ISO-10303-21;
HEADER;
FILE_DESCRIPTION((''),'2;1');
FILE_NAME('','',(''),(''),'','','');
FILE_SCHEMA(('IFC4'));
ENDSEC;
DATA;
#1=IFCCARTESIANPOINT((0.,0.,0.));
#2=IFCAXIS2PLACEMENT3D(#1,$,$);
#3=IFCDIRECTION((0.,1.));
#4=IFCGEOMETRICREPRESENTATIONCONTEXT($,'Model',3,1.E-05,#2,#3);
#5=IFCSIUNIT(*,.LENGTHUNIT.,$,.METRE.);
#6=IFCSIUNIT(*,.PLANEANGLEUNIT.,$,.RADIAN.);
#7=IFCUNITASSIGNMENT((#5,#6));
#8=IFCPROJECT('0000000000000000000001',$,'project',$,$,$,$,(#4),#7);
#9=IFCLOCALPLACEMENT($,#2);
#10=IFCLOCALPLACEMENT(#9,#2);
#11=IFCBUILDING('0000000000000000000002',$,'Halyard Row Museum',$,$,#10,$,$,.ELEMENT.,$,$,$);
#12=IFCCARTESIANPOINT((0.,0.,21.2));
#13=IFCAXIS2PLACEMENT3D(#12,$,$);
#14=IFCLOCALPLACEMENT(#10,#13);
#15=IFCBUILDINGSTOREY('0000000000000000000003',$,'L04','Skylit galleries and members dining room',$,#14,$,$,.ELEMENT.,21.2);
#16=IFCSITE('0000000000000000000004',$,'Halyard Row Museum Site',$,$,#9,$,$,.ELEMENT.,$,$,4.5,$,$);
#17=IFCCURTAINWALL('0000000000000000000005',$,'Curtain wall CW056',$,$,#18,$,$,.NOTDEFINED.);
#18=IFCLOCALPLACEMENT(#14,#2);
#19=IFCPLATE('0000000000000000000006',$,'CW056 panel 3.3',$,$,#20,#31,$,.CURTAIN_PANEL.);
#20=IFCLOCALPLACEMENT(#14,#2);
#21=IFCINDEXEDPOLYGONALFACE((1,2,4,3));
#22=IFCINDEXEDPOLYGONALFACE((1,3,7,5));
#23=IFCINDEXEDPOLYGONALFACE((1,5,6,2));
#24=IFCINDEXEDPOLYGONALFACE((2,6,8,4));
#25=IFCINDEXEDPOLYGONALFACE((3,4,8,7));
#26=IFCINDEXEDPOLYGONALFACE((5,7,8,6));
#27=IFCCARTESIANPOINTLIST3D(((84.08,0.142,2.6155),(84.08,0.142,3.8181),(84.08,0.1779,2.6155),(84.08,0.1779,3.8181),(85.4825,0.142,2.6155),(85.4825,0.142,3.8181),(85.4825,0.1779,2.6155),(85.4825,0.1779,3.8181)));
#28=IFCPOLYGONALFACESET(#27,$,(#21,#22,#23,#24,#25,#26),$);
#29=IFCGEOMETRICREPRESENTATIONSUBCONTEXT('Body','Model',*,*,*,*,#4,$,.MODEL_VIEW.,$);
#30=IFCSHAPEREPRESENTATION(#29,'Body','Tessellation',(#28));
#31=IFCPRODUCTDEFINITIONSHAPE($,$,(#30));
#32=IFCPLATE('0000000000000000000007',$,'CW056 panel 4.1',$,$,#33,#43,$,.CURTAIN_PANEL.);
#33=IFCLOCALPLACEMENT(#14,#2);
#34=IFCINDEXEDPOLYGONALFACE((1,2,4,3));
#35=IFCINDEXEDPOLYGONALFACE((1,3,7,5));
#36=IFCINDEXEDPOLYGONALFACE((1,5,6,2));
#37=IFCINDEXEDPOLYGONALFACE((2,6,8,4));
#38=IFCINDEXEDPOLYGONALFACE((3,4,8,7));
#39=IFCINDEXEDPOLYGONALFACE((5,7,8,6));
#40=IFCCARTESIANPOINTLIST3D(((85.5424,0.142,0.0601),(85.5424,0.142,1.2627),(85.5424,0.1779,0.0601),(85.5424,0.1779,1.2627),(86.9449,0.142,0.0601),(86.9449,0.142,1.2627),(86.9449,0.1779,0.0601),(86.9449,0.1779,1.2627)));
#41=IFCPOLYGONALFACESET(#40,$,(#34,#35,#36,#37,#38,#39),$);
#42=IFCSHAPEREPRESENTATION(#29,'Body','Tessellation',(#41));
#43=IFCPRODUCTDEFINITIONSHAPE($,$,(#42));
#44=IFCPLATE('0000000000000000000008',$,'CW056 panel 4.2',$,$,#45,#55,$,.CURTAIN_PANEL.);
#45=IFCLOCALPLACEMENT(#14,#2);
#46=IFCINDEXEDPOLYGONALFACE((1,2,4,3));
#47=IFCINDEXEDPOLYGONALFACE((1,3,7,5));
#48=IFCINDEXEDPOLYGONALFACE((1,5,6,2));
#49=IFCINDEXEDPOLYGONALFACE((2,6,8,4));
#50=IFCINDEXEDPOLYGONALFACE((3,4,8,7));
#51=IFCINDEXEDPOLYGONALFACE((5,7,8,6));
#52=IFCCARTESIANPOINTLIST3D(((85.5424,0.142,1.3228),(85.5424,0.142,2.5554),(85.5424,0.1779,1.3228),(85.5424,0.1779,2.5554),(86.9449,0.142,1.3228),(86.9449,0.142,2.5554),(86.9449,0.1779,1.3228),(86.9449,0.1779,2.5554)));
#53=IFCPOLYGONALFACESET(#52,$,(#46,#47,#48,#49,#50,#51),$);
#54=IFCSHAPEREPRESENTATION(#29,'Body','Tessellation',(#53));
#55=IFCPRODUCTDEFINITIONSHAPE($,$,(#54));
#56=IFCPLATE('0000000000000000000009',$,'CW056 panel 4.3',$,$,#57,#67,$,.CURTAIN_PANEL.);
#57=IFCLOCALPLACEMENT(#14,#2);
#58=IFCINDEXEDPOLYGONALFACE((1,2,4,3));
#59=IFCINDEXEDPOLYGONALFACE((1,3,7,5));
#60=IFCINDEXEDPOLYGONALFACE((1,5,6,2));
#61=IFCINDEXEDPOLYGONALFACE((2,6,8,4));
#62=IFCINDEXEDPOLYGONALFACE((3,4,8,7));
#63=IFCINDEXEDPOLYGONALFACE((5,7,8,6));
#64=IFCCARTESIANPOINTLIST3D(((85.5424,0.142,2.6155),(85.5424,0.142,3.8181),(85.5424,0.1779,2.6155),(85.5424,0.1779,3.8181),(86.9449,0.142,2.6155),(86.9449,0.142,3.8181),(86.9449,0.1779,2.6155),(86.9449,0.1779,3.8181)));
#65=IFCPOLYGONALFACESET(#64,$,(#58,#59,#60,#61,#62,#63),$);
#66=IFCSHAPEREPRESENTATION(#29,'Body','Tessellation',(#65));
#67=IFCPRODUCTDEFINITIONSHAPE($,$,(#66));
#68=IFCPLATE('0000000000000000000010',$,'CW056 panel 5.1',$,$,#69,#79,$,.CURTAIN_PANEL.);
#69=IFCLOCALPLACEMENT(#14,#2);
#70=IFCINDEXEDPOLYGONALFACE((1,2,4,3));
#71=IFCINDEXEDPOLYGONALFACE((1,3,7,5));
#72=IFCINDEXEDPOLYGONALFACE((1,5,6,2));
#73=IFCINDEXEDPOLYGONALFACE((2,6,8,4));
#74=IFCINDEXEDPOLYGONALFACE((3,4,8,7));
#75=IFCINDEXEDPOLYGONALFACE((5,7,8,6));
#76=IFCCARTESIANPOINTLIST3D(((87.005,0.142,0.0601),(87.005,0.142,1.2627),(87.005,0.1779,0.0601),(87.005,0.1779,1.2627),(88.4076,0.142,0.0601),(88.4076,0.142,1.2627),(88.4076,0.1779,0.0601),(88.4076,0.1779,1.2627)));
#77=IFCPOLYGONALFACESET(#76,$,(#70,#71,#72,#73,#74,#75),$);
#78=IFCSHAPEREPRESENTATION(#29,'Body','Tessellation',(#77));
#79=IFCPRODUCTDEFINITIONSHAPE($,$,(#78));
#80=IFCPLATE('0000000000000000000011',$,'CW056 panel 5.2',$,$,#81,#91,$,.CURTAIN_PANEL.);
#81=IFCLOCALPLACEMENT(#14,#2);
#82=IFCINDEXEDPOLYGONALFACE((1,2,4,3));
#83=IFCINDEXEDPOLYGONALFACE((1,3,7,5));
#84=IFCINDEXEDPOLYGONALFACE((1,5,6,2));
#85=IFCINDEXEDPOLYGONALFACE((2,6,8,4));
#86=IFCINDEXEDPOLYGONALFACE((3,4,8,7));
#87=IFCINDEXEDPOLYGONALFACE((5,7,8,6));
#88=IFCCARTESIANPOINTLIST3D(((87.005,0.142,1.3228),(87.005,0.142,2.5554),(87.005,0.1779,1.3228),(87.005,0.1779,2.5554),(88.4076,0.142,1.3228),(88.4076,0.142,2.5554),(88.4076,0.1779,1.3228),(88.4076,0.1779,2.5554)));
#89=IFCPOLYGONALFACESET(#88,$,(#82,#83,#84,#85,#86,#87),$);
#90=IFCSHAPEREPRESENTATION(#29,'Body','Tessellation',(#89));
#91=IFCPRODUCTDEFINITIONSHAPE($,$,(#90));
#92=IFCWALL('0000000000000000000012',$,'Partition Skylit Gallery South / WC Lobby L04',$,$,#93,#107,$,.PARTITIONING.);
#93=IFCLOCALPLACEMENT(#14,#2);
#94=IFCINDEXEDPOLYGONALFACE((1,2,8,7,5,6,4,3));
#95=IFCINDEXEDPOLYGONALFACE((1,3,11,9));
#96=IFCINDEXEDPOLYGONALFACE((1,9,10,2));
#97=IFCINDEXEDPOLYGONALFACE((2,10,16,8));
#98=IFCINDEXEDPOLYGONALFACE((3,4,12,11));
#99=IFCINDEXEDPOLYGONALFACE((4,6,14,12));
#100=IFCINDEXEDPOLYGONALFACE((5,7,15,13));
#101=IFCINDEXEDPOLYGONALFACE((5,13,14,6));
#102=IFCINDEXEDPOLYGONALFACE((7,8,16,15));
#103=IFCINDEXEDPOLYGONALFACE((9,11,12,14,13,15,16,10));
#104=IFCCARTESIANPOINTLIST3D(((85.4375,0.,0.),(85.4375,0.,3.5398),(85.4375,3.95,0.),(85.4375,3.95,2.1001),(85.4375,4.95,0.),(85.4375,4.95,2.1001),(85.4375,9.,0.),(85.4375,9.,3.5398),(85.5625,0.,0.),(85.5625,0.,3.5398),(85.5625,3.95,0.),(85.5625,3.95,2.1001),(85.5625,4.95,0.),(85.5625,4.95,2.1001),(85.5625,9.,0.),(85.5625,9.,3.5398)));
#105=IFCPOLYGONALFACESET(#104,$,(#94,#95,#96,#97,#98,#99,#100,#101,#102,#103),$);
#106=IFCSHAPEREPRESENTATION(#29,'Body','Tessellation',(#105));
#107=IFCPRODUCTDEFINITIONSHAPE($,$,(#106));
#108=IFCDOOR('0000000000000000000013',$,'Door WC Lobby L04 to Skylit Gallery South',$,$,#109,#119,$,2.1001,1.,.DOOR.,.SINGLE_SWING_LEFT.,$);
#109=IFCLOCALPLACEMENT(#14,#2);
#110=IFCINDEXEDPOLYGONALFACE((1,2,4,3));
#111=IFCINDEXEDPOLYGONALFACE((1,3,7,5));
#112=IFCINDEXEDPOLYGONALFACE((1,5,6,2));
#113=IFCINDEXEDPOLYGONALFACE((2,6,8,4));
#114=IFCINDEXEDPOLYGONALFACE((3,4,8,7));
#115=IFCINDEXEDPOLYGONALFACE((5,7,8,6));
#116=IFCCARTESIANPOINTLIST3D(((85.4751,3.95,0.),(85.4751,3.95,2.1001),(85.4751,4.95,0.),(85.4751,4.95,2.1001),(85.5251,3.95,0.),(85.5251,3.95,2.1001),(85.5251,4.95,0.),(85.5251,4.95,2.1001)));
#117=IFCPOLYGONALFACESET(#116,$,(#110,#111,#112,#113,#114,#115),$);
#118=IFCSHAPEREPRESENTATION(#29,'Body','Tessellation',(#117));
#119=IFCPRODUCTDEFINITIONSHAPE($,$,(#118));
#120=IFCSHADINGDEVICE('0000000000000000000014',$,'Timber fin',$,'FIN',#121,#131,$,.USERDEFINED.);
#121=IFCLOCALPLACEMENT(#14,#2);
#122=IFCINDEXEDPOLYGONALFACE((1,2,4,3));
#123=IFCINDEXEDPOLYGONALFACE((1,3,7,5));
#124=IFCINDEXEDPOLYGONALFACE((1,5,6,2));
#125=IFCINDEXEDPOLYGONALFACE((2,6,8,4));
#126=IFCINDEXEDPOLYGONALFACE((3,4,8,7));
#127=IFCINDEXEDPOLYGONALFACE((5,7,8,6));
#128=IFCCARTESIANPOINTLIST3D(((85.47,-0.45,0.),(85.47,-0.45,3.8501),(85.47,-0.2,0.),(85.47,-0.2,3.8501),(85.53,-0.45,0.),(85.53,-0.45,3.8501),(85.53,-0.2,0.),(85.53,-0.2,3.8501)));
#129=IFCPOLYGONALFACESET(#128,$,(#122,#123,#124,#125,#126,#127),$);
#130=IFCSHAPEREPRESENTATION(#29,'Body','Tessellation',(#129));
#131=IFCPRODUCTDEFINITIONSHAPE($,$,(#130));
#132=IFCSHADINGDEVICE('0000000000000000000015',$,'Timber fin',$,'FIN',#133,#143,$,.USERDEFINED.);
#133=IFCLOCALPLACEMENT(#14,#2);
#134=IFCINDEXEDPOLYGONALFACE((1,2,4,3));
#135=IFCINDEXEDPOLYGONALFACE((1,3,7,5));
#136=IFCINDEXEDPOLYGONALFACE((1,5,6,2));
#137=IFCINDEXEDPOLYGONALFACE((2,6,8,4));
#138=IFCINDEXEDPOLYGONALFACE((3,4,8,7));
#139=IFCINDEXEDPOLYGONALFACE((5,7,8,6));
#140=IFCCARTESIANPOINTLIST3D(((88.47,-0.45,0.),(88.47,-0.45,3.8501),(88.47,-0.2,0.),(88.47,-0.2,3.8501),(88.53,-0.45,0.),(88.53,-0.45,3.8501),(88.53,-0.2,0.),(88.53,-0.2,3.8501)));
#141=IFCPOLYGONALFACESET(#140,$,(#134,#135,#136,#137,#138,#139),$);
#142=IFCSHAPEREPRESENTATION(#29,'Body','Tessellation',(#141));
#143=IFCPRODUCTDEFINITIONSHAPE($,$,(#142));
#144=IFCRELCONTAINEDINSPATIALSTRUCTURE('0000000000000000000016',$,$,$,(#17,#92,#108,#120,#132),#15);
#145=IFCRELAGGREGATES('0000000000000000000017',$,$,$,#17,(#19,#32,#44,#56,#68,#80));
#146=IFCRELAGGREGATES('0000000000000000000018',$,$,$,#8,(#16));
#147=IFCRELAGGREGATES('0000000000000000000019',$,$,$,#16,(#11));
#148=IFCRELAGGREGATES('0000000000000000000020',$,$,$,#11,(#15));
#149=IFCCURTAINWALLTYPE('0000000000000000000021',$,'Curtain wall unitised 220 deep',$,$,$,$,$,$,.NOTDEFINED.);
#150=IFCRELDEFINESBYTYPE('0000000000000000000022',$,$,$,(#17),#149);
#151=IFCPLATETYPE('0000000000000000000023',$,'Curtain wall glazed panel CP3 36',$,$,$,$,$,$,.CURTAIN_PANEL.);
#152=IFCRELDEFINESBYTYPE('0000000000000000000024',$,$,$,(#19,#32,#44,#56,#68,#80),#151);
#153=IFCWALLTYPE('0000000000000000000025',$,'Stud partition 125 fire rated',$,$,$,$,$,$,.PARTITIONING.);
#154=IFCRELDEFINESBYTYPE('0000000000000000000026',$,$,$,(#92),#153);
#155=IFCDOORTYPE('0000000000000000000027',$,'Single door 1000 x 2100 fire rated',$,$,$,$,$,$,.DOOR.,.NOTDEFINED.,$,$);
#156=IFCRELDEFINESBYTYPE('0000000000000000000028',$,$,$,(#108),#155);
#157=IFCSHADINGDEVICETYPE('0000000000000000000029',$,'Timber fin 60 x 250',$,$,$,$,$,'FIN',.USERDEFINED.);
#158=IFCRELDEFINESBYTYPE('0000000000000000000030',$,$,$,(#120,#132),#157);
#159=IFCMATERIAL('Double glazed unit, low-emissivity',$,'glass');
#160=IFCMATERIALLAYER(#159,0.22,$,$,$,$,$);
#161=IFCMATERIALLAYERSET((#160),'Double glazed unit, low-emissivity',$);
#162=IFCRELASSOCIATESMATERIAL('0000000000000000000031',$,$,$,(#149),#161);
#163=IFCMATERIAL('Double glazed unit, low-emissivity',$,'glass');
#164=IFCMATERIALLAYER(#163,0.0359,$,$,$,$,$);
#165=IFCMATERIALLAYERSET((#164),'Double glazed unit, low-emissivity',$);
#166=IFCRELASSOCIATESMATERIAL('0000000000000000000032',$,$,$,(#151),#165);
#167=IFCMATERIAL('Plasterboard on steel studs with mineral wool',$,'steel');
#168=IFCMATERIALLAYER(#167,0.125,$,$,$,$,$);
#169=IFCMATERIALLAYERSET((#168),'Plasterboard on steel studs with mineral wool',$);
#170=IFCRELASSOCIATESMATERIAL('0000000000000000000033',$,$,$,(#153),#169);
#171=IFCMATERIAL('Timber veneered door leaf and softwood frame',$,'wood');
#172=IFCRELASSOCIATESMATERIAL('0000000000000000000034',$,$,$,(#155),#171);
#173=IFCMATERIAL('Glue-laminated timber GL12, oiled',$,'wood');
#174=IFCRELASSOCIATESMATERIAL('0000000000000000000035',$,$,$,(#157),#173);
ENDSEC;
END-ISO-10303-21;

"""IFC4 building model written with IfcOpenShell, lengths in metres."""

from ifc_helpers import new_model, si_unit, direction, frame, frame_2d, origin, origin_2d, place, context, subcontext, project, spatial, rectangle, extrude, material, layer, layer_set, type_object, element, fill, aggregate, save


model = new_model("IFC4")

# Units and contexts
model_context = context("Model", 3, precision=1e-05, world=origin(), true_north=direction((0.0, 1.0)))
body_context = subcontext(model_context, "Body", "Model", "MODEL_VIEW")
ifc_project = project(units=[si_unit("LENGTHUNIT", "METRE"), si_unit("PLANEANGLEUNIT", "RADIAN")], contexts=[model_context])

# Site, building, storey
site_placement = place(None, origin())
site = spatial("IfcSite", under=ifc_project, at=site_placement, Name="Halyard Row Museum Site", CompositionType="ELEMENT", RefElevation=4.5)
building_placement = place(site_placement, origin())
building = spatial("IfcBuilding", under=site, at=building_placement, Name="Halyard Row Museum", CompositionType="ELEMENT")
storey_placement = place(building_placement, frame((0.0, 0.0, 21.2)))
storey = spatial("IfcBuildingStorey", under=building, at=storey_placement, Name="L04", Description="Skylit galleries and members dining room", CompositionType="ELEMENT", Elevation=21.2)

# Curtain wall
ifc_material_1 = material(Name="Double glazed unit, low-emissivity", Category="glass")
ifc_layer_1 = layer(ifc_material_1, 0.22)
ifc_layer_set_1 = layer_set([ifc_layer_1], Name="Double glazed unit, low-emissivity")
curtain_wall_type = type_object("IfcCurtainWallType", Name="Curtain wall unitised 220 deep", PredefinedType="NOTDEFINED", material=ifc_layer_set_1)
curtain_wall_placement = place(storey_placement, origin())
curtain_wall = element("IfcCurtainWall", 1, at=curtain_wall_placement, inside=storey, type_object=curtain_wall_type, Name="Curtain wall CW056", PredefinedType="NOTDEFINED")

# Plates
ifc_material_2 = material(Name="Double glazed unit, low-emissivity", Category="glass")
ifc_layer_2 = layer(ifc_material_2, 0.0359)
ifc_layer_set_2 = layer_set([ifc_layer_2], Name="Double glazed unit, low-emissivity")
plate_type = type_object("IfcPlateType", Name="Curtain wall glazed panel CP3 36", PredefinedType="CURTAIN_PANEL", material=ifc_layer_set_2)
plate_1_placement = place(storey_placement, frame((84.7812, 0.1599, 2.6155), z_axis=(0.0, 0.0, 1.0), x_axis=(1.0, 0.0, 0.0)))
plate_1 = element("IfcPlate", 2, at=plate_1_placement, type_object=plate_type, Name="CW056 panel 3.3", PredefinedType="CURTAIN_PANEL", context=body_context, shape_type="SweptSolid", body=[
    extrude(rectangle(XDim=1.4026, YDim=0.0359, at=origin_2d()), origin(), (0.0, 0.0, 1.0), 1.2026),
])
plate_2_placement = place(storey_placement, frame((86.2437, 0.1599, 0.0601), z_axis=(0.0, 0.0, 1.0), x_axis=(1.0, 0.0, 0.0)))
plate_2 = element("IfcPlate", 3, at=plate_2_placement, type_object=plate_type, Name="CW056 panel 4.1", PredefinedType="CURTAIN_PANEL", context=body_context, shape_type="SweptSolid", body=[
    extrude(rectangle(XDim=1.4026, YDim=0.0359, at=origin_2d()), origin(), (0.0, 0.0, 1.0), 1.2026),
])
plate_3_placement = place(storey_placement, frame((86.2437, 0.1599, 1.3228), z_axis=(0.0, 0.0, 1.0), x_axis=(1.0, 0.0, 0.0)))
plate_3 = element("IfcPlate", 4, at=plate_3_placement, type_object=plate_type, Name="CW056 panel 4.2", PredefinedType="CURTAIN_PANEL", context=body_context, shape_type="SweptSolid", body=[
    extrude(rectangle(XDim=1.4026, YDim=0.0359, at=origin_2d()), origin(), (0.0, 0.0, 1.0), 1.2327),
])
plate_4_placement = place(storey_placement, frame((86.2437, 0.1599, 2.6155), z_axis=(0.0, 0.0, 1.0), x_axis=(1.0, 0.0, 0.0)))
plate_4 = element("IfcPlate", 5, at=plate_4_placement, type_object=plate_type, Name="CW056 panel 4.3", PredefinedType="CURTAIN_PANEL", context=body_context, shape_type="SweptSolid", body=[
    extrude(rectangle(XDim=1.4026, YDim=0.0359, at=origin_2d()), origin(), (0.0, 0.0, 1.0), 1.2026),
])
plate_5_placement = place(storey_placement, frame((87.7063, 0.1599, 0.0601), z_axis=(0.0, 0.0, 1.0), x_axis=(1.0, 0.0, 0.0)))
plate_5 = element("IfcPlate", 6, at=plate_5_placement, type_object=plate_type, Name="CW056 panel 5.1", PredefinedType="CURTAIN_PANEL", context=body_context, shape_type="SweptSolid", body=[
    extrude(rectangle(XDim=1.4026, YDim=0.0359, at=origin_2d()), origin(), (0.0, 0.0, 1.0), 1.2026),
])
plate_6_placement = place(storey_placement, frame((87.7063, 0.1599, 1.3228), z_axis=(0.0, 0.0, 1.0), x_axis=(1.0, 0.0, 0.0)))
plate_6 = element("IfcPlate", 7, at=plate_6_placement, type_object=plate_type, Name="CW056 panel 5.2", PredefinedType="CURTAIN_PANEL", context=body_context, shape_type="SweptSolid", body=[
    extrude(rectangle(XDim=1.4026, YDim=0.0359, at=origin_2d()), origin(), (0.0, 0.0, 1.0), 1.2327),
])
aggregate(curtain_wall, [plate_1, plate_2, plate_3, plate_4, plate_5, plate_6])

# Wall, opening, door
ifc_material_3 = material(Name="Plasterboard on steel studs with mineral wool", Category="steel")
ifc_layer_3 = layer(ifc_material_3, 0.125)
ifc_layer_set_3 = layer_set([ifc_layer_3], Name="Plasterboard on steel studs with mineral wool")
wall_type = type_object("IfcWallType", Name="Stud partition 125 fire rated", PredefinedType="PARTITIONING", material=ifc_layer_set_3)
wall_placement = place(storey_placement, frame((85.5, 0.0, 0.0), z_axis=(0.0, 0.0, 1.0), x_axis=(0.0, 1.0, 0.0)))
wall = element("IfcWall", 8, at=wall_placement, inside=storey, type_object=wall_type, Name="Partition Skylit Gallery South / WC Lobby L04", PredefinedType="PARTITIONING", context=body_context, shape_type="SweptSolid", body=[
    extrude(rectangle(XDim=9.0, YDim=0.125, at=frame_2d((4.5, 0.0))), origin(), (0.0, 0.0, 1.0), 3.5398),
])
opening_placement = place(wall_placement, frame((3.95, 0.0, 0.0)))
opening = element("IfcOpeningElement", 9, at=opening_placement, cuts=wall, PredefinedType="OPENING", context=body_context, shape_type="SweptSolid", body=[
    extrude(rectangle(XDim=1.0, YDim=2.1001, at=frame_2d((0.5, 1.05))), frame((0.0, 0.0725, 0.0), z_axis=(0.0, -1.0, 0.0), x_axis=(1.0, 0.0, 0.0)), (0.0, 0.0, 1.0), 0.145),
])
ifc_material_4 = material(Name="Timber veneered door leaf and softwood frame", Category="wood")
door_type = type_object("IfcDoorType", Name="Single door 1000 x 2100 fire rated", OperationType="NOTDEFINED", PredefinedType="DOOR", material=ifc_material_4)
door_placement = place(opening_placement, origin())
door = element("IfcDoor", 10, at=door_placement, inside=storey, type_object=door_type, Name="Door WC Lobby L04 to Skylit Gallery South", OperationType="SINGLE_SWING_LEFT", OverallHeight=2.1001, OverallWidth=1.0, PredefinedType="DOOR", context=body_context, shape_type="SweptSolid", body=[
    extrude(rectangle(XDim=1.0, YDim=2.1001, at=frame_2d((0.5, 1.05))), frame((0.0, 0.0249, 0.0), z_axis=(0.0, -1.0, 0.0), x_axis=(1.0, 0.0, 0.0)), (0.0, 0.0, 1.0), 0.05),
])
fill(opening, door)

# Shading devices
ifc_material_5 = material(Name="Glue-laminated timber GL12, oiled", Category="wood")
shading_device_type = type_object("IfcShadingDeviceType", Name="Timber fin 60 x 250", ElementType="FIN", PredefinedType="USERDEFINED", material=ifc_material_5)
for number, where, z_axis, x_axis, name in (
    (11, (85.5, -0.325, 0.0), (0.0, 0.0, 1.0), (1.0, 0.0, 0.0), "Timber fin"),
    (12, (88.5, -0.325, 0.0), (0.0, 0.0, 1.0), (1.0, 0.0, 0.0), "Timber fin"),
):
    element("IfcShadingDevice", number, at=place(storey_placement, frame(where, z_axis=z_axis, x_axis=x_axis)), inside=storey, type_object=shading_device_type, Name=name, ObjectType="FIN", PredefinedType="USERDEFINED", context=body_context, shape_type="SweptSolid", body=[
        extrude(rectangle(XDim=0.0601, YDim=0.25, at=origin_2d()), origin(), (0.0, 0.0, 1.0), 3.8501),
    ])

save(model, "model.ifc")
